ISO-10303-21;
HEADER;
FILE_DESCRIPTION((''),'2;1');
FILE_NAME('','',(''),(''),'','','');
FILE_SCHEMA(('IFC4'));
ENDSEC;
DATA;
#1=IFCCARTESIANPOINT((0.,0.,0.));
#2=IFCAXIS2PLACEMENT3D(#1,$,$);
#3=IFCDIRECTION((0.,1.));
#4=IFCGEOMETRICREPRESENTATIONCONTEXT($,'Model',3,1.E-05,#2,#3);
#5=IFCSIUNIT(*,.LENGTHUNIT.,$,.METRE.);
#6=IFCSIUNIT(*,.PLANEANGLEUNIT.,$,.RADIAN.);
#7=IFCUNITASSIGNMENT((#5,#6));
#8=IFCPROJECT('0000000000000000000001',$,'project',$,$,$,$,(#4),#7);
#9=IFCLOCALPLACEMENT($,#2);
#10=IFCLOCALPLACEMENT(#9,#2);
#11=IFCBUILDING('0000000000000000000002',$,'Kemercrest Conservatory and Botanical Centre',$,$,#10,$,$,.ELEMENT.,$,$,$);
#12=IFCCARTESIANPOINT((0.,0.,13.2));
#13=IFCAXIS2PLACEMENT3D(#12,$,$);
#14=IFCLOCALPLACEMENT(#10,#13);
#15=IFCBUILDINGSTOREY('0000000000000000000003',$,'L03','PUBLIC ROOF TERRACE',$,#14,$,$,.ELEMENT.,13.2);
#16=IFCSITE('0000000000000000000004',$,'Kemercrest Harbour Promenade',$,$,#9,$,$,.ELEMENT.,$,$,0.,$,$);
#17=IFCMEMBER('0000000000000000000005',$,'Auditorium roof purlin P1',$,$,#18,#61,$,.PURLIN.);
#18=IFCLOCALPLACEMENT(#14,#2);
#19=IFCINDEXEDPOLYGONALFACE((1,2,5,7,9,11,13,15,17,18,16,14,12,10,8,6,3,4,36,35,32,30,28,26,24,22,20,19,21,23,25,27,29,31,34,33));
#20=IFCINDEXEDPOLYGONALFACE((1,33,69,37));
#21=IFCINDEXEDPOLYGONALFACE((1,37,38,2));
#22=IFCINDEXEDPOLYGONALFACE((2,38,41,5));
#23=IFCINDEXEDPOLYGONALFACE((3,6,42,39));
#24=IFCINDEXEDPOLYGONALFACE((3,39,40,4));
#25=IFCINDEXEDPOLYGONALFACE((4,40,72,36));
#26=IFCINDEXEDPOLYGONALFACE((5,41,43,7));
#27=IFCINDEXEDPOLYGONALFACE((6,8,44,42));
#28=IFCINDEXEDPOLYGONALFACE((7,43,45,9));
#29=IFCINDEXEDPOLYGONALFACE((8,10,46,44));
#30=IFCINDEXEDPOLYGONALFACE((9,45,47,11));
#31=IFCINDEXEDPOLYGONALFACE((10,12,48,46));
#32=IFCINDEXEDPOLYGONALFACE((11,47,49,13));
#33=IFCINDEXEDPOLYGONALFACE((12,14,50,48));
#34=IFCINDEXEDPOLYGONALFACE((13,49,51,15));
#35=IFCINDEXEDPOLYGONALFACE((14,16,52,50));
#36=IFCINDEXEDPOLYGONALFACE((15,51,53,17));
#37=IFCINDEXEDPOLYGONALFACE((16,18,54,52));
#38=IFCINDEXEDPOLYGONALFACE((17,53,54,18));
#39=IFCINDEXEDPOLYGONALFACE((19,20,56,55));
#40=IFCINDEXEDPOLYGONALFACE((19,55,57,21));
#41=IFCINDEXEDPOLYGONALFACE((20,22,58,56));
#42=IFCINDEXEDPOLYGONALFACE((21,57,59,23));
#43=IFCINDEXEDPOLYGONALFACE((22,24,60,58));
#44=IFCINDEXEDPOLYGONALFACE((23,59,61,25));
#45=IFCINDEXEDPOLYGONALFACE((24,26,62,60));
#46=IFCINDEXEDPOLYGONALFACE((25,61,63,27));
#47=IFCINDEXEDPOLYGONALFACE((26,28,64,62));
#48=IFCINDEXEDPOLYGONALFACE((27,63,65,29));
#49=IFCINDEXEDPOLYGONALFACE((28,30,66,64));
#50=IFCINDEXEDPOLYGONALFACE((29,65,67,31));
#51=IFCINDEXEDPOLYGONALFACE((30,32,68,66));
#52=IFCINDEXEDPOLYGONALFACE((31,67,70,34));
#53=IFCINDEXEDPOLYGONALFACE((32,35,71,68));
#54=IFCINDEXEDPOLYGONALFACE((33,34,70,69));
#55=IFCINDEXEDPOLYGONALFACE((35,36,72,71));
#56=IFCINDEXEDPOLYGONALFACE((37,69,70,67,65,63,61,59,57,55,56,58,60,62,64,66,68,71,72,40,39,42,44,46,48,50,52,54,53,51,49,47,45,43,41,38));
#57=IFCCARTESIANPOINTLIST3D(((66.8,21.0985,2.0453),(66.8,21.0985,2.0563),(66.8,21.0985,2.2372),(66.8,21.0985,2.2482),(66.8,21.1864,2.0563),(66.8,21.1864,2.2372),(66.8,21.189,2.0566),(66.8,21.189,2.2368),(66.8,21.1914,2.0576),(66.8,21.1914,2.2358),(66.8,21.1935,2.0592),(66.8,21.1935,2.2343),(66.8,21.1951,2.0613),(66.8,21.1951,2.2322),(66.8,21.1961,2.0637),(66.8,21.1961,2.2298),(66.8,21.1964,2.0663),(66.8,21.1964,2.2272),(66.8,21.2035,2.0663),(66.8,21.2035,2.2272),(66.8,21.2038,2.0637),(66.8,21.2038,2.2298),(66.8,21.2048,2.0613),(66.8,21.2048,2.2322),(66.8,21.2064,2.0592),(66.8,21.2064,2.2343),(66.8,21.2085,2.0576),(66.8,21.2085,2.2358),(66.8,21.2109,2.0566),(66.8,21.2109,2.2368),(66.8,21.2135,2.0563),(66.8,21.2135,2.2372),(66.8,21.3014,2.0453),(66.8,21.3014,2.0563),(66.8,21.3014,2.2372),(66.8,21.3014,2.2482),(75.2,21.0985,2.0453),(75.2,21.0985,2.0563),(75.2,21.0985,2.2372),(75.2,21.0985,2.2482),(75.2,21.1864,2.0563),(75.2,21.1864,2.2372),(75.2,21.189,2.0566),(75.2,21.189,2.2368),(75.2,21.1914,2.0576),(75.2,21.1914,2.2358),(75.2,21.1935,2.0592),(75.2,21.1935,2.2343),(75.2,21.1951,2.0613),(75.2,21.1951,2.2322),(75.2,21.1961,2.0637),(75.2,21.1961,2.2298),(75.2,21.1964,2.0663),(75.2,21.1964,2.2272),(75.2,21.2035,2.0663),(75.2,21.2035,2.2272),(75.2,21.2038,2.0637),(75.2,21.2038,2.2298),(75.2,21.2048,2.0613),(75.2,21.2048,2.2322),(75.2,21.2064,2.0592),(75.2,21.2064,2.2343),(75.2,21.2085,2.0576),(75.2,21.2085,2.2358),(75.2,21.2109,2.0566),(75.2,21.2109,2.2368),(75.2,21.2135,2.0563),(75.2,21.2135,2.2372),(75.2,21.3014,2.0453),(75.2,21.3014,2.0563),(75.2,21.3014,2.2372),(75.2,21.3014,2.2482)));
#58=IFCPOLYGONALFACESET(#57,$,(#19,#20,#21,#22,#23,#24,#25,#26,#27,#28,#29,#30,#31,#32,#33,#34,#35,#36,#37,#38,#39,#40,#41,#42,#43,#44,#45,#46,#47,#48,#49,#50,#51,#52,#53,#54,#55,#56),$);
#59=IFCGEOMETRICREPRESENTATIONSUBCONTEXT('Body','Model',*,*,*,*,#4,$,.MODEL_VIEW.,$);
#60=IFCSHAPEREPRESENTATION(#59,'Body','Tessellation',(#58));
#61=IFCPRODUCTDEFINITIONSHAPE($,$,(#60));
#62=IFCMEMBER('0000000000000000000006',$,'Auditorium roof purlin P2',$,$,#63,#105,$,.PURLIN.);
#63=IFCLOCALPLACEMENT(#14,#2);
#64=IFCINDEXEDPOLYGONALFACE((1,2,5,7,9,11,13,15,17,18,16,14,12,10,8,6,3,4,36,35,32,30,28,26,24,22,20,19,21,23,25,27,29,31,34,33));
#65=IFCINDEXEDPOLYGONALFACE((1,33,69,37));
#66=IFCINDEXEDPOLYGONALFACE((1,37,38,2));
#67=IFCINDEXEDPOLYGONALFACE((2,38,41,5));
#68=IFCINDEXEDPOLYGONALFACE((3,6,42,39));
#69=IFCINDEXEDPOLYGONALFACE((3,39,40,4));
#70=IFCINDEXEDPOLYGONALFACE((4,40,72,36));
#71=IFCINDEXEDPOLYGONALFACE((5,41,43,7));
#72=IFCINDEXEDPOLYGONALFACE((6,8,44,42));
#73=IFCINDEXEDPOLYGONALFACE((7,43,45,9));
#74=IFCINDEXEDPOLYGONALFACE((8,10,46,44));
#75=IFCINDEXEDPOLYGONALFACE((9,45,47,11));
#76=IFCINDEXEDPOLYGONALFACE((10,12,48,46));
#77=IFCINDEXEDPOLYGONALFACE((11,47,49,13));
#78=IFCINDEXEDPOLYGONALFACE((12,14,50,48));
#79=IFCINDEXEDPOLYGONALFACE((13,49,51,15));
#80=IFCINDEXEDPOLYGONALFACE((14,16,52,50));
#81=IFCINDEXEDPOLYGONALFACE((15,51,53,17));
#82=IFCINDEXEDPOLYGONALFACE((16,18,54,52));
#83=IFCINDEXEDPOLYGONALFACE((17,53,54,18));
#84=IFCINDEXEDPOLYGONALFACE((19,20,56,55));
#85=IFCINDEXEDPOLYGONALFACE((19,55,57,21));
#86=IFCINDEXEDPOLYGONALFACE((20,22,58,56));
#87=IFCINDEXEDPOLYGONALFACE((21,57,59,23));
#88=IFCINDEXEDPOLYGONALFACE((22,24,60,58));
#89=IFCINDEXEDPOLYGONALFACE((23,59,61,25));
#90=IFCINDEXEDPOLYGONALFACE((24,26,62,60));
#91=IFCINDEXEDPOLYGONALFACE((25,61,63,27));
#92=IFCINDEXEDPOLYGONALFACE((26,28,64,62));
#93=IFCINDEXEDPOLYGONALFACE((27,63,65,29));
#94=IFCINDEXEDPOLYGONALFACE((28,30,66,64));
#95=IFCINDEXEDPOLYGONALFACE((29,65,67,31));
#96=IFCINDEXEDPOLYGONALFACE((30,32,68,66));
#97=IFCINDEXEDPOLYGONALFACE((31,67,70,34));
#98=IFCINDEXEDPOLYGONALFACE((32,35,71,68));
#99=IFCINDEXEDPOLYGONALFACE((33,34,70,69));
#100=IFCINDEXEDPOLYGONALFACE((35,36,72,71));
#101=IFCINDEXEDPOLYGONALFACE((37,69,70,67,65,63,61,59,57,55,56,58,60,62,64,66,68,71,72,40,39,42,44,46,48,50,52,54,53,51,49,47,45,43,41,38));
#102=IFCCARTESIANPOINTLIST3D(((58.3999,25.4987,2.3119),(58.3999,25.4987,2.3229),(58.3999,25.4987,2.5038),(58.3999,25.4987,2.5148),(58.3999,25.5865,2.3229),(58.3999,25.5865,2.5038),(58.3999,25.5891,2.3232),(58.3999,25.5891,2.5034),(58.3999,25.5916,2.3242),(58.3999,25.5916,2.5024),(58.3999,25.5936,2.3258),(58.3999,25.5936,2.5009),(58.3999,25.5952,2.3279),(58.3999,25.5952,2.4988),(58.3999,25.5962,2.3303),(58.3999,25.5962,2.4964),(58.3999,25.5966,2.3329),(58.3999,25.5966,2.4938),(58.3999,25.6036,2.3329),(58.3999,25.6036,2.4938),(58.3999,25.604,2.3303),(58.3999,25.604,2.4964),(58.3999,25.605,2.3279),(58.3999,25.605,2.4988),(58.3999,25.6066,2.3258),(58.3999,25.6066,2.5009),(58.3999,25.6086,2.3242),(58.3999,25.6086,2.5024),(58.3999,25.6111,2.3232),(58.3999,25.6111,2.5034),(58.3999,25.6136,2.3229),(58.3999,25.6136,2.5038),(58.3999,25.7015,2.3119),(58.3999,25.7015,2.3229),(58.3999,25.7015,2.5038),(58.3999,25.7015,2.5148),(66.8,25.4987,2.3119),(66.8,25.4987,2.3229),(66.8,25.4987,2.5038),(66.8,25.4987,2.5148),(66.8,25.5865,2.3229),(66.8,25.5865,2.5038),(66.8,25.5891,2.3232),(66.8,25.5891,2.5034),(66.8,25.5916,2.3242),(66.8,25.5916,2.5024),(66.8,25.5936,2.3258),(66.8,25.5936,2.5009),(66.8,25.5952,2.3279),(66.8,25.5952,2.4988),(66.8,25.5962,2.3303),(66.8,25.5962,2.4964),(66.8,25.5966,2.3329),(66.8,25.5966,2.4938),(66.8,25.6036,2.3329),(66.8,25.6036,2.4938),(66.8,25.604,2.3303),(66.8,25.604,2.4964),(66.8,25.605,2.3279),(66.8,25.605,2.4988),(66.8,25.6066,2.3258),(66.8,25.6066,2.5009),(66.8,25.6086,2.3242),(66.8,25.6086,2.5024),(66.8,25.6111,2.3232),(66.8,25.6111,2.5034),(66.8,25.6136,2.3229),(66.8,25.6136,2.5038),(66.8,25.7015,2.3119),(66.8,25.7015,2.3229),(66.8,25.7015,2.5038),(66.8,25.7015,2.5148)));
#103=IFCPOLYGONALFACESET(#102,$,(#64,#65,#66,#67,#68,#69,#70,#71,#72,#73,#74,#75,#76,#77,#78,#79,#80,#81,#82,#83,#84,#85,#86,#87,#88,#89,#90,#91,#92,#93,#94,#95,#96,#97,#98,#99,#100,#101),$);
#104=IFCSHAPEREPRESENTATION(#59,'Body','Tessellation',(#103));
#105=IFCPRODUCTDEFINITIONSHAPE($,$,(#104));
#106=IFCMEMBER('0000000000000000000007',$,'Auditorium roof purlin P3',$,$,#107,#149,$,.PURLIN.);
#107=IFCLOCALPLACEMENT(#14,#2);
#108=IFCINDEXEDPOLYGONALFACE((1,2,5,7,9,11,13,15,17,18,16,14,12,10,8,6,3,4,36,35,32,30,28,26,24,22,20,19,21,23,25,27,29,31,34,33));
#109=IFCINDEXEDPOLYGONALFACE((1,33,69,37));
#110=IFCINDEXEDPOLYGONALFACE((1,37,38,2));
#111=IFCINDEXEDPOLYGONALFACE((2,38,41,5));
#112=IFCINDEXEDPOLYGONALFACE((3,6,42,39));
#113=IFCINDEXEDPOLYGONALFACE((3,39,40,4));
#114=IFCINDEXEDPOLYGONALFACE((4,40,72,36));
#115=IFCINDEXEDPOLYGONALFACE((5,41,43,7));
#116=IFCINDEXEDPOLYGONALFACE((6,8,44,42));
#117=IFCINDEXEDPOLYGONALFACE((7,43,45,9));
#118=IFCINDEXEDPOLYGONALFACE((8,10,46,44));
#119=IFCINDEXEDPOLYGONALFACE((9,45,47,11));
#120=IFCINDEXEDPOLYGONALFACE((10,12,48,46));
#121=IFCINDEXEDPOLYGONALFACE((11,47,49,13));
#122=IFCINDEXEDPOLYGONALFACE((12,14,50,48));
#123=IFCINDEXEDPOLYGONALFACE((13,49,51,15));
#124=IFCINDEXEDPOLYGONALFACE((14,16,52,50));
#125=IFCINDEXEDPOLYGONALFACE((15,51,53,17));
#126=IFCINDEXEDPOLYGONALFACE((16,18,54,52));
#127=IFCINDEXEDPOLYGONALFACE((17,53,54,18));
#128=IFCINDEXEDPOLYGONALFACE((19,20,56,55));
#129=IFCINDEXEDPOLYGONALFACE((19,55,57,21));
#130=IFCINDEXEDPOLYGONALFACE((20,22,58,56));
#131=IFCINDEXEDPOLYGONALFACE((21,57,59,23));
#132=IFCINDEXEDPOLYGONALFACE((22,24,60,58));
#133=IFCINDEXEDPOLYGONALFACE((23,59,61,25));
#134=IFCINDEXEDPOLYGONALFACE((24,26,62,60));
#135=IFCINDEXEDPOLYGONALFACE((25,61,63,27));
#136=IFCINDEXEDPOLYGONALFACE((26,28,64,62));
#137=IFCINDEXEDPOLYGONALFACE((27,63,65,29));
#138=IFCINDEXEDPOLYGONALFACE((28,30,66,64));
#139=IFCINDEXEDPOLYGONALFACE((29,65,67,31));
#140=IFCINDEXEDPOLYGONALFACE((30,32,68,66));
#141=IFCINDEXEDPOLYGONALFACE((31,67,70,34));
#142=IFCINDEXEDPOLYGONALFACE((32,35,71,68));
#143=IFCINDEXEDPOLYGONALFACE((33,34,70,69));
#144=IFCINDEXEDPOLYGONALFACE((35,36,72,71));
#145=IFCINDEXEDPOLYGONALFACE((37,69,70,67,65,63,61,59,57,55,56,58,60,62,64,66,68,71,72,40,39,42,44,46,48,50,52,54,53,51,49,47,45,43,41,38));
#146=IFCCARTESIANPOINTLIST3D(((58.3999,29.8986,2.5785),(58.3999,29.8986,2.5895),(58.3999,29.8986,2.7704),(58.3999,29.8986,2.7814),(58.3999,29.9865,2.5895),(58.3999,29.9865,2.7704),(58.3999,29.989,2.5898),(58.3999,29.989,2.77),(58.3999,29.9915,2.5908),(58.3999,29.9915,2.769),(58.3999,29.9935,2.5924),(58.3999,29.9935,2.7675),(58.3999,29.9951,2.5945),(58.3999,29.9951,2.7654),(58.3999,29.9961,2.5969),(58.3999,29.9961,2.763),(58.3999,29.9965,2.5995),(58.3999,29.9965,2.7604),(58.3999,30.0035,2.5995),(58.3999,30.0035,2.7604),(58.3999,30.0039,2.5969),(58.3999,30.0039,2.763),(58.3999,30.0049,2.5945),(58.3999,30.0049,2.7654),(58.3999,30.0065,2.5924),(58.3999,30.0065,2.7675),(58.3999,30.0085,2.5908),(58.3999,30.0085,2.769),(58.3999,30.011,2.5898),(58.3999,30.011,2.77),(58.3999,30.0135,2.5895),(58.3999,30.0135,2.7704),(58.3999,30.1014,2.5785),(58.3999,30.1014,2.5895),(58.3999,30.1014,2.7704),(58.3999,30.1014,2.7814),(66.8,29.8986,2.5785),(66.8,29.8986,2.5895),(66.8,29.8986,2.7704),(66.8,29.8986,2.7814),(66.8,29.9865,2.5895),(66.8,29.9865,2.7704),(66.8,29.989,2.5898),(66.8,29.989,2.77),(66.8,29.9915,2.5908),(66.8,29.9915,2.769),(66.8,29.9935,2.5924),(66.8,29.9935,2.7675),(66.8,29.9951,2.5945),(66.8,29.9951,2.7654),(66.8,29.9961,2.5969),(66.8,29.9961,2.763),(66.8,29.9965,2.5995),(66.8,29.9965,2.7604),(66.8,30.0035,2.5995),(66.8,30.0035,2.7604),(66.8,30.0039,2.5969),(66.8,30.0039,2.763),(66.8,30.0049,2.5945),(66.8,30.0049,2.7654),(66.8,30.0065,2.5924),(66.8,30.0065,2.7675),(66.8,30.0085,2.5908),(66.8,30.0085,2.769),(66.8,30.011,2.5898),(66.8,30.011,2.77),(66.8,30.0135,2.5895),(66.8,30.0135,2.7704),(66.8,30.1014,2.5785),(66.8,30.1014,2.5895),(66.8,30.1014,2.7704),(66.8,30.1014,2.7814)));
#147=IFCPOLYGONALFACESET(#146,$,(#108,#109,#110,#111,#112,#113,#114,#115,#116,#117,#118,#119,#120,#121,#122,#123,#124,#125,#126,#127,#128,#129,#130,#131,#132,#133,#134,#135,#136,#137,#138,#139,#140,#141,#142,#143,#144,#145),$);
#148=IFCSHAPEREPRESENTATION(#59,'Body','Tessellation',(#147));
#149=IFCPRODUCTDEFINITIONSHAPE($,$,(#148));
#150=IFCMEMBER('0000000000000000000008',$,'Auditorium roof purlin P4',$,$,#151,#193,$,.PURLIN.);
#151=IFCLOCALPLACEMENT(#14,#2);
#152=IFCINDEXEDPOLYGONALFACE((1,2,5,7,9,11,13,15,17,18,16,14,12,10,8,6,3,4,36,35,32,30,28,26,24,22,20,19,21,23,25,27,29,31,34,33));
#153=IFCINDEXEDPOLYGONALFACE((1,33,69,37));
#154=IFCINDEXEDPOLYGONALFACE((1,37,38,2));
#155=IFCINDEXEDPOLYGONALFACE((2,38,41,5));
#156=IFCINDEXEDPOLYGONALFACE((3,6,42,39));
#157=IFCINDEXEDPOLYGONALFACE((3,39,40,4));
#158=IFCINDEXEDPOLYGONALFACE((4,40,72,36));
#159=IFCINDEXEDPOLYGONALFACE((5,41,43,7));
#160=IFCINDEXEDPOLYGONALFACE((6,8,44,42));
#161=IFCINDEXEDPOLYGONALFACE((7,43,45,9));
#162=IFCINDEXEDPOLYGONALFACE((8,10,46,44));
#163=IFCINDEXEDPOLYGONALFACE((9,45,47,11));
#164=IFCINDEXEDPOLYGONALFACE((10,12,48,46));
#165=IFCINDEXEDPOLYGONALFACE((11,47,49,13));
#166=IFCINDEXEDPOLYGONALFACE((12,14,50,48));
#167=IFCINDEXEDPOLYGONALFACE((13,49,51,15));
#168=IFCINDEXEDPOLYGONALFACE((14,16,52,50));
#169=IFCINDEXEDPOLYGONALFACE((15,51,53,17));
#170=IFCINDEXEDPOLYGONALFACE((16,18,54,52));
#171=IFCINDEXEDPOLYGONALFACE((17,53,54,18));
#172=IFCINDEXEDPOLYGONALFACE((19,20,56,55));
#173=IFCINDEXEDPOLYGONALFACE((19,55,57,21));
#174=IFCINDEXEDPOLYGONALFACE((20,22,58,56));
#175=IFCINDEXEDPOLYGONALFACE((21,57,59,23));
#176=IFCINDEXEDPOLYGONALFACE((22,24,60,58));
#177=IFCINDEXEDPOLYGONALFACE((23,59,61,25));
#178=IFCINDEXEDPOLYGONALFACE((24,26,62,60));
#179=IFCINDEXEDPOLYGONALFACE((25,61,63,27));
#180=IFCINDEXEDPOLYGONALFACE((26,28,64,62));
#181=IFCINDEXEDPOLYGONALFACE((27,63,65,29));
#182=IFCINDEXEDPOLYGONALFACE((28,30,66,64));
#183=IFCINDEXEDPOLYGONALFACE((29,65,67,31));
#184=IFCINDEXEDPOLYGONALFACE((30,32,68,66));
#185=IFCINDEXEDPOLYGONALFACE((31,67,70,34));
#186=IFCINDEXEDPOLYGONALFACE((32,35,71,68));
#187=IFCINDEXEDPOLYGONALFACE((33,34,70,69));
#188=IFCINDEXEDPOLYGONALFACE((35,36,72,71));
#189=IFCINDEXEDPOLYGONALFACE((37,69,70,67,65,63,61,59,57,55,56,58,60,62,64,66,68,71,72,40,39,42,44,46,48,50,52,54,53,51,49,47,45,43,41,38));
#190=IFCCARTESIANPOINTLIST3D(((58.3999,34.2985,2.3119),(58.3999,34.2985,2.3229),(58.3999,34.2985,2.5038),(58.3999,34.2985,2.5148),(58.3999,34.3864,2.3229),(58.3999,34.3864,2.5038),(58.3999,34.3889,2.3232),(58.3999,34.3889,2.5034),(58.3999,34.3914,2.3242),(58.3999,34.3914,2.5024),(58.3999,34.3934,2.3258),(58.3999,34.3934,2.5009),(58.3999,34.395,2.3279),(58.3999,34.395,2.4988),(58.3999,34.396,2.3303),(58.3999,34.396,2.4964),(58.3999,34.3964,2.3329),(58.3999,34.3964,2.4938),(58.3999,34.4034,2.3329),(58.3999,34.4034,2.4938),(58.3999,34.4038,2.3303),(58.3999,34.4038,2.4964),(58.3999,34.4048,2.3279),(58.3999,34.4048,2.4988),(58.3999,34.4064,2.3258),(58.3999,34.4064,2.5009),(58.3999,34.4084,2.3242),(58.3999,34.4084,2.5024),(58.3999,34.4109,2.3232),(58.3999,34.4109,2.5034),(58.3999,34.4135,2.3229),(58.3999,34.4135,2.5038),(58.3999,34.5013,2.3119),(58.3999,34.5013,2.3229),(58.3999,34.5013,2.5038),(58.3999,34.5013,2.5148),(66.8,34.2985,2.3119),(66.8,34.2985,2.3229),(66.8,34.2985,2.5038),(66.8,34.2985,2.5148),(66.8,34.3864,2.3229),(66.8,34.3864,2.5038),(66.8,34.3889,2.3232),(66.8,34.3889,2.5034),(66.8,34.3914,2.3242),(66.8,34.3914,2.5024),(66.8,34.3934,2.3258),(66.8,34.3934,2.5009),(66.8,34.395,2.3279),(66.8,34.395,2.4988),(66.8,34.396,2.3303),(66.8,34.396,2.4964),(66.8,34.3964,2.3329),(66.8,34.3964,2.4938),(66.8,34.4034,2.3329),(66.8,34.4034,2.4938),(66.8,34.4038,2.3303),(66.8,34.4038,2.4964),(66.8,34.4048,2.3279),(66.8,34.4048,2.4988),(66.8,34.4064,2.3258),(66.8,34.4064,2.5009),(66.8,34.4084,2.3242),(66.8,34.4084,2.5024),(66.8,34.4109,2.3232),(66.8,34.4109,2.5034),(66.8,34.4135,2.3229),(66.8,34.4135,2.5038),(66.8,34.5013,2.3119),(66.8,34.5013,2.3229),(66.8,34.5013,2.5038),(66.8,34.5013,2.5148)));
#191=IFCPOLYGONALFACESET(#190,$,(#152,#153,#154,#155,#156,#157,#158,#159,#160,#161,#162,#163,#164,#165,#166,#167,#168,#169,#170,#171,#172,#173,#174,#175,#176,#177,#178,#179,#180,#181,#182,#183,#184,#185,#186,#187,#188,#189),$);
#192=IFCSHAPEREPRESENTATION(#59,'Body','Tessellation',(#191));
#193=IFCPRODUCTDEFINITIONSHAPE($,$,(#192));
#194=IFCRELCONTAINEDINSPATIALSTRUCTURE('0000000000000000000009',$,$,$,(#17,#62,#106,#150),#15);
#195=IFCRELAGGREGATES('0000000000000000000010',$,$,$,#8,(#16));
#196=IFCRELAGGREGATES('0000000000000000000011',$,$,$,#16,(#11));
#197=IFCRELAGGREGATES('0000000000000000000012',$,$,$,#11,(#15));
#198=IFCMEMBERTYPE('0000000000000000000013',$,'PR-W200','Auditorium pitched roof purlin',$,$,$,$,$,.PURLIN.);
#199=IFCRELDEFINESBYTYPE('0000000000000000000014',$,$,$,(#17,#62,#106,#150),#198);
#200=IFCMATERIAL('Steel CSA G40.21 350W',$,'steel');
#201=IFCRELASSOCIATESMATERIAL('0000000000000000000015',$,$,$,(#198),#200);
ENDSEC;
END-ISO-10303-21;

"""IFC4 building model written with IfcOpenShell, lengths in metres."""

from ifc_helpers import new_model, si_unit, direction, frame, origin, origin_2d, place, context, subcontext, project, spatial, i_section, extrude, material, material_profile, profile_set, type_object, element, save


model = new_model("IFC4")

# Units and contexts
model_context = context("Model", 3, precision=1e-05, world=origin(), true_north=direction((0.0, 1.0)))
body_context = subcontext(model_context, "Body", "Model", "MODEL_VIEW")
ifc_project = project(units=[si_unit("LENGTHUNIT", "METRE"), si_unit("PLANEANGLEUNIT", "RADIAN")], contexts=[model_context])

# Site, building, storey
site_placement = place(None, origin())
site = spatial("IfcSite", under=ifc_project, at=site_placement, Name="Kemercrest Harbour Promenade", CompositionType="ELEMENT", RefElevation=0.0)
building_placement = place(site_placement, origin())
building = spatial("IfcBuilding", under=site, at=building_placement, Name="Kemercrest Conservatory and Botanical Centre", CompositionType="ELEMENT")
storey_placement = place(building_placement, frame((0.0, 0.0, 13.2)))
storey = spatial("IfcBuildingStorey", under=building, at=storey_placement, Name="L03", Description="PUBLIC ROOF TERRACE", CompositionType="ELEMENT", Elevation=13.2)

# Shared definitions
ifc_material_1 = material(Name="Steel CSA G40.21 350W", Category="steel")

# Members
ifc_material_profile_1 = material_profile(ifc_material_1, i_section(OverallWidth=0.2029, OverallDepth=0.2029, WebThickness=0.0071, FlangeThickness=0.011, FilletRadius=0.01, at=origin_2d()), Name="W200X46")
ifc_profile_set_1 = profile_set([ifc_material_profile_1], Name="Steel CSA G40.21 350W")
member_type_1 = type_object("IfcMemberType", Name="PR-W200", Description="Auditorium pitched roof purlin", PredefinedType="PURLIN", material=ifc_profile_set_1)
member_1_placement = place(storey_placement, frame((66.8, 21.2, 2.1467), z_axis=(1.0, 0.0, 0.0), x_axis=(0.0, 1.0, 0.0)))
element("IfcMember", 1, at=member_1_placement, inside=storey, type_object=member_type_1, Name="Auditorium roof purlin P1", PredefinedType="PURLIN", context=body_context, shape_type="SweptSolid", body=[
    extrude(i_section(OverallWidth=0.2029, OverallDepth=0.2029, WebThickness=0.0071, FlangeThickness=0.011, FilletRadius=0.01, at=origin_2d()), origin(), (0.0, 0.0, 1.0), 8.3999),
])
for number, where, z_axis, x_axis, name in (
    (2, (58.3999, 25.6001, 2.4133), (1.0, 0.0, 0.0), (0.0, 1.0, 0.0), "Auditorium roof purlin P2"),
    (3, (58.3999, 30.0, 2.6799), (1.0, 0.0, 0.0), (0.0, 1.0, 0.0), "Auditorium roof purlin P3"),
    (4, (58.3999, 34.3999, 2.4133), (1.0, 0.0, 0.0), (0.0, 1.0, 0.0), "Auditorium roof purlin P4"),
):
    element("IfcMember", number, at=place(storey_placement, frame(where, z_axis=z_axis, x_axis=x_axis)), inside=storey, type_object=member_type_1, Name=name, PredefinedType="PURLIN", context=body_context, shape_type="SweptSolid", body=[
        extrude(i_section(OverallWidth=0.2029, OverallDepth=0.2029, WebThickness=0.0071, FlangeThickness=0.011, FilletRadius=0.01, at=origin_2d()), origin(), (0.0, 0.0, 1.0), 8.4001),
    ])

save(model, "model.ifc")
